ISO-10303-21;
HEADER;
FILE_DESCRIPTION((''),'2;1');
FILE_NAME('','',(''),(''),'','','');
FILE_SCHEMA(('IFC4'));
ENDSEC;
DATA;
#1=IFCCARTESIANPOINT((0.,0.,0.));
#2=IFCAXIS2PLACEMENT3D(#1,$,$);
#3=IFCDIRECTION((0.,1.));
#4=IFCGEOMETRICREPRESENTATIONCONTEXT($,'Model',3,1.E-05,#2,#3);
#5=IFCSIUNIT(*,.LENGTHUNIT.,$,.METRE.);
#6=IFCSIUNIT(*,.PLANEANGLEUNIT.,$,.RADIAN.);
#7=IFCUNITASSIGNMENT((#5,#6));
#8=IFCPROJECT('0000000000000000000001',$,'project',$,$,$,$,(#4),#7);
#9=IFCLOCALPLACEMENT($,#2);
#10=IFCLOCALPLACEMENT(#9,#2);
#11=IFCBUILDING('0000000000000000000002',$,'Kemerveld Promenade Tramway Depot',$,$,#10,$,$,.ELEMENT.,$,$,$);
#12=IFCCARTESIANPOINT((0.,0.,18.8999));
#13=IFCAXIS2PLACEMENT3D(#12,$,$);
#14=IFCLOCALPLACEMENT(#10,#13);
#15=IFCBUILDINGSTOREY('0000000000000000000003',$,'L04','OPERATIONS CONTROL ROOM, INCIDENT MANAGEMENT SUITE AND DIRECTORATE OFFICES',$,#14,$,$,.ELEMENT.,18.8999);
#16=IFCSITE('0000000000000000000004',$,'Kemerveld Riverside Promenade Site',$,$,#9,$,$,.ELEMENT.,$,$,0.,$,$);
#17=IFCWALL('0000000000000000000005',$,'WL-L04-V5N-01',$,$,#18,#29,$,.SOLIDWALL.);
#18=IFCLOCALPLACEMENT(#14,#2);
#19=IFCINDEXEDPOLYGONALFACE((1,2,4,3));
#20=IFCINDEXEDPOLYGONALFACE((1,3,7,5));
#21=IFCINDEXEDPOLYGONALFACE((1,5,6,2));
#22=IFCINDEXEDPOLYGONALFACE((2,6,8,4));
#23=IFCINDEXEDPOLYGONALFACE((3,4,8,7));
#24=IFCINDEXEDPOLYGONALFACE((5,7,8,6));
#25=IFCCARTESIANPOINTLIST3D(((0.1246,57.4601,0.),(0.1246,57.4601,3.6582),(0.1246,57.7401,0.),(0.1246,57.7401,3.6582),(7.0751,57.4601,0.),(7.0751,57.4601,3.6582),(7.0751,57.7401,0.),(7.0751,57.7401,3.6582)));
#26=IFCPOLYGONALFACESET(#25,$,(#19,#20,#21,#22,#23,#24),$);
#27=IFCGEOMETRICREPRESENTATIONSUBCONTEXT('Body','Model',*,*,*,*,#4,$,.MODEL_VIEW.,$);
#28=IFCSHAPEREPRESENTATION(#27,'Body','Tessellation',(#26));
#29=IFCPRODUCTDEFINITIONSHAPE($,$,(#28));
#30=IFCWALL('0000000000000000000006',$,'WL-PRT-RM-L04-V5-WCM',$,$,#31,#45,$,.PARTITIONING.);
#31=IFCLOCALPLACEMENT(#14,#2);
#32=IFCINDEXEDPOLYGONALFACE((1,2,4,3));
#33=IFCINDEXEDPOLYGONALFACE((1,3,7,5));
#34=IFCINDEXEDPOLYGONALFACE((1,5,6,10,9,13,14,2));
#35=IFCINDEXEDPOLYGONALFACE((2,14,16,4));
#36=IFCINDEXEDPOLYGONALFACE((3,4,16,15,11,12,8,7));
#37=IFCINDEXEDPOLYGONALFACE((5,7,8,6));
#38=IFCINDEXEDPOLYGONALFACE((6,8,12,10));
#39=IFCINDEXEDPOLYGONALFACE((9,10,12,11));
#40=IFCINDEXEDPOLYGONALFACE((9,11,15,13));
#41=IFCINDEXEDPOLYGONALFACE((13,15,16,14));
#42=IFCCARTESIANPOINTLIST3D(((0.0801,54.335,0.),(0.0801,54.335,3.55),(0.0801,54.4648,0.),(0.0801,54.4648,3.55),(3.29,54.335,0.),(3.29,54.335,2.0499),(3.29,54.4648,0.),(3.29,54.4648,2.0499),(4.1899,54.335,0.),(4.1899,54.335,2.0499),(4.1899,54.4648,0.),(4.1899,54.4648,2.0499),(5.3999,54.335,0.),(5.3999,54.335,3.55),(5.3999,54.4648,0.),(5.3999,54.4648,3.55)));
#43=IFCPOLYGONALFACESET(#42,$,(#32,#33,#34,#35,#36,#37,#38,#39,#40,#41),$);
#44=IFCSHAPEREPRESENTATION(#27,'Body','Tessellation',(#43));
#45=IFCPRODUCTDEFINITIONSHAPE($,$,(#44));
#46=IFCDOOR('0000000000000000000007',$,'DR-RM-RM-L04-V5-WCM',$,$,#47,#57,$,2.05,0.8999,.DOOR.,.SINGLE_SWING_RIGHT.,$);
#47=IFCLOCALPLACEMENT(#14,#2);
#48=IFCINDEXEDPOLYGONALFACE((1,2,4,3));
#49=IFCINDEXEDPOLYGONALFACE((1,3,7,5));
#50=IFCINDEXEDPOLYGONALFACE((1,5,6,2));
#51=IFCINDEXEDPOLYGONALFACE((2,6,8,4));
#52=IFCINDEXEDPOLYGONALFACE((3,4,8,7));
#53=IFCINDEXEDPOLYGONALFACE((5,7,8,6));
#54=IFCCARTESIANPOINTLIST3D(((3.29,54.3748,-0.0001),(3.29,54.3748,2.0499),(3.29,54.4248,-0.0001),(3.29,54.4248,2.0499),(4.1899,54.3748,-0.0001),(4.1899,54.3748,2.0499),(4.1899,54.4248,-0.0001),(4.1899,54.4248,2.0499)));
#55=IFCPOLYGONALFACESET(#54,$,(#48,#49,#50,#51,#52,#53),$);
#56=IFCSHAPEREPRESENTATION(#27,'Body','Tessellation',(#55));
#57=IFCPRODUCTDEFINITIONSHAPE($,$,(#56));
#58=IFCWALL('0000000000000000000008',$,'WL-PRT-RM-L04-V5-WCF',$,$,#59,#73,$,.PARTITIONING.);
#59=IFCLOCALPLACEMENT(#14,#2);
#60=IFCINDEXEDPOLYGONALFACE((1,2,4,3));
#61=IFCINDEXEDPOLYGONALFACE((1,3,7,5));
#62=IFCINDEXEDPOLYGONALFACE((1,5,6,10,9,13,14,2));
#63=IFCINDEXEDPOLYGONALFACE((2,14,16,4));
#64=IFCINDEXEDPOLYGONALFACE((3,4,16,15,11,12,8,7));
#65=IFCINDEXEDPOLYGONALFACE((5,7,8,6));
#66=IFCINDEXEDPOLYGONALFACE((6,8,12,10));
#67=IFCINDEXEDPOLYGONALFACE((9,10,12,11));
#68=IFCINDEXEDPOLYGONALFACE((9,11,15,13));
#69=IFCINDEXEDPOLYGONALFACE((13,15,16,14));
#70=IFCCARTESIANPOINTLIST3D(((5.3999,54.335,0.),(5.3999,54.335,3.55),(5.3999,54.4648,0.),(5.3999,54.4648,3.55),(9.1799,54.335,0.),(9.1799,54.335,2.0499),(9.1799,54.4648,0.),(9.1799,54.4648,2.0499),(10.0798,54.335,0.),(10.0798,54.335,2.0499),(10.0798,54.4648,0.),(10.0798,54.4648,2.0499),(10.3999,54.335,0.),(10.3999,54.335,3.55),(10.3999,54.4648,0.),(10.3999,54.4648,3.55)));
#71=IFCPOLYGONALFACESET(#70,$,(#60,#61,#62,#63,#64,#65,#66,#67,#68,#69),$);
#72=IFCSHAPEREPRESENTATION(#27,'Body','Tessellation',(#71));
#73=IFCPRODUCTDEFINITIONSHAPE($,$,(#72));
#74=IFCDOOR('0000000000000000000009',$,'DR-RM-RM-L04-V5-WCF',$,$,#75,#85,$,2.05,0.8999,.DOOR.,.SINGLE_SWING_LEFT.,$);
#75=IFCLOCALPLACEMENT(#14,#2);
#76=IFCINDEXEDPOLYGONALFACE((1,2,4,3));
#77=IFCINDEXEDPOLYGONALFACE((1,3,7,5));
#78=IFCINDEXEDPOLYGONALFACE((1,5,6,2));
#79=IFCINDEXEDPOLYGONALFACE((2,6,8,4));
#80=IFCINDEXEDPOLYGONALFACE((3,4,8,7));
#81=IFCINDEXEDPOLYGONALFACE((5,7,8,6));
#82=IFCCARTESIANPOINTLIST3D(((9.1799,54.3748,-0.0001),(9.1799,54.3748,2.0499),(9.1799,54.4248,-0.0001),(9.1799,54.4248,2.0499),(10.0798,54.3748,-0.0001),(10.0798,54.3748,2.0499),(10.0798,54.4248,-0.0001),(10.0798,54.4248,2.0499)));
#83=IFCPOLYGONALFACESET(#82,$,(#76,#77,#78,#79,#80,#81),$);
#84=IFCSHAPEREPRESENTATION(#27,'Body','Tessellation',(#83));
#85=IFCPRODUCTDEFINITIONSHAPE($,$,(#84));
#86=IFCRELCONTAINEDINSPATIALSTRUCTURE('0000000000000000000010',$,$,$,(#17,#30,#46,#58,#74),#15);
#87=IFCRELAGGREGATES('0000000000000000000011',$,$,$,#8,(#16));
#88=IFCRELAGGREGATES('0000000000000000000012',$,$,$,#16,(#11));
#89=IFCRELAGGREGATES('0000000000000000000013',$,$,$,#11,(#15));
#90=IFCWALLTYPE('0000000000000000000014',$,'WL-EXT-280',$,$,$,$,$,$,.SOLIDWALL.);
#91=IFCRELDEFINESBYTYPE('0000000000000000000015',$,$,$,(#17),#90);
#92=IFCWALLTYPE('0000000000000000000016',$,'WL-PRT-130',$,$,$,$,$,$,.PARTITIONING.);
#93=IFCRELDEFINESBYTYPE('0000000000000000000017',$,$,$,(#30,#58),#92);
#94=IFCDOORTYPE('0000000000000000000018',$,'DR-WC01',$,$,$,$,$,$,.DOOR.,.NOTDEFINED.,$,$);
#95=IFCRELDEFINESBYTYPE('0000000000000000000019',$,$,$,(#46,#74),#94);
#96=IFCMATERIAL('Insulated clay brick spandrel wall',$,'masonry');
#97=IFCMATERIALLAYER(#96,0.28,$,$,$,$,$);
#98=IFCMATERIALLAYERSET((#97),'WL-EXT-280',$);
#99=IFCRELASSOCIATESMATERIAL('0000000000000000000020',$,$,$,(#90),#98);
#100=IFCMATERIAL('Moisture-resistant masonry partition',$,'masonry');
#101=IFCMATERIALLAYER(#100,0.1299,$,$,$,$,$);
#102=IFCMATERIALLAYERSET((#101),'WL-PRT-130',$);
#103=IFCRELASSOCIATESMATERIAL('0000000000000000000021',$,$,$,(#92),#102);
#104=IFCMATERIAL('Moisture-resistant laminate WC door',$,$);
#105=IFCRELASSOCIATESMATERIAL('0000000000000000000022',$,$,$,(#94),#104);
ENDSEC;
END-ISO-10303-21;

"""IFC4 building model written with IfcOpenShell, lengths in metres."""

from ifc_helpers import new_model, si_unit, direction, frame, frame_2d, origin, place, context, subcontext, project, spatial, rectangle, extrude, material, layer, layer_set, type_object, element, fill, save


model = new_model("IFC4")

# Units and contexts
model_context = context("Model", 3, precision=1e-05, world=origin(), true_north=direction((0.0, 1.0)))
body_context = subcontext(model_context, "Body", "Model", "MODEL_VIEW")
ifc_project = project(units=[si_unit("LENGTHUNIT", "METRE"), si_unit("PLANEANGLEUNIT", "RADIAN")], contexts=[model_context])

# Site, building, storey
site_placement = place(None, origin())
site = spatial("IfcSite", under=ifc_project, at=site_placement, Name="Kemerveld Riverside Promenade Site", CompositionType="ELEMENT", RefElevation=0.0)
building_placement = place(site_placement, origin())
building = spatial("IfcBuilding", under=site, at=building_placement, Name="Kemerveld Promenade Tramway Depot", CompositionType="ELEMENT")
storey_placement = place(building_placement, frame((0.0, 0.0, 18.8999)))
storey = spatial("IfcBuildingStorey", under=building, at=storey_placement, Name="L04", Description="OPERATIONS CONTROL ROOM, INCIDENT MANAGEMENT SUITE AND DIRECTORATE OFFICES", CompositionType="ELEMENT", Elevation=18.8999)

# Wall
ifc_material_1 = material(Name="Insulated clay brick spandrel wall", Category="masonry")
ifc_layer_1 = layer(ifc_material_1, 0.28)
ifc_layer_set_1 = layer_set([ifc_layer_1], Name="WL-EXT-280")
wall_type_1 = type_object("IfcWallType", Name="WL-EXT-280", PredefinedType="SOLIDWALL", material=ifc_layer_set_1)
wall_1_placement = place(storey_placement, frame((0.1248, 57.6001, 0.0), z_axis=(0.0, 0.0, 1.0), x_axis=(1.0, 0.0, 0.0)))
element("IfcWall", 1, at=wall_1_placement, inside=storey, type_object=wall_type_1, Name="WL-L04-V5N-01", PredefinedType="SOLIDWALL", context=body_context, shape_type="SweptSolid", body=[
    extrude(rectangle(XDim=6.9504, YDim=0.28, at=frame_2d((3.4751, 0.0))), origin(), (0.0, 0.0, 1.0), 3.6582),
])

# Walls, openings, doors
ifc_material_2 = material(Name="Moisture-resistant masonry partition", Category="masonry")
ifc_layer_2 = layer(ifc_material_2, 0.1299)
ifc_layer_set_2 = layer_set([ifc_layer_2], Name="WL-PRT-130")
wall_type_2 = type_object("IfcWallType", Name="WL-PRT-130", PredefinedType="PARTITIONING", material=ifc_layer_set_2)
wall_2_placement = place(storey_placement, frame((0.0801, 54.3999, 0.0), z_axis=(0.0, 0.0, 1.0), x_axis=(1.0, 0.0, 0.0)))
wall_2 = element("IfcWall", 2, at=wall_2_placement, inside=storey, type_object=wall_type_2, Name="WL-PRT-RM-L04-V5-WCM", PredefinedType="PARTITIONING", context=body_context, shape_type="SweptSolid", body=[
    extrude(rectangle(XDim=5.3198, YDim=0.1299, at=frame_2d((2.6599, 0.0))), origin(), (0.0, 0.0, 1.0), 3.55),
])
opening_1_placement = place(wall_2_placement, frame((3.21, 0.0, 0.0)))
opening_1 = element("IfcOpeningElement", 3, at=opening_1_placement, cuts=wall_2, PredefinedType="OPENING", context=body_context, shape_type="SweptSolid", body=[
    extrude(rectangle(XDim=0.8999, YDim=2.05, at=frame_2d((0.45, 1.0249))), frame((0.0, 0.075, 0.0), z_axis=(0.0, -1.0, 0.0), x_axis=(1.0, 0.0, 0.0)), (0.0, 0.0, 1.0), 0.1499),
])
ifc_material_3 = material(Name="Moisture-resistant laminate WC door")
door_type = type_object("IfcDoorType", Name="DR-WC01", OperationType="NOTDEFINED", PredefinedType="DOOR", material=ifc_material_3)
door_1_placement = place(opening_1_placement, origin())
door_1 = element("IfcDoor", 4, at=door_1_placement, inside=storey, type_object=door_type, Name="DR-RM-RM-L04-V5-WCM", OperationType="SINGLE_SWING_RIGHT", OverallHeight=2.05, OverallWidth=0.8999, PredefinedType="DOOR", context=body_context, shape_type="SweptSolid", body=[
    extrude(rectangle(XDim=0.8999, YDim=2.05, at=frame_2d((0.45, 1.0249))), frame((0.0, 0.0249, 0.0), z_axis=(0.0, -1.0, 0.0), x_axis=(1.0, 0.0, 0.0)), (0.0, 0.0, 1.0), 0.05),
])
fill(opening_1, door_1)
wall_3_placement = place(storey_placement, frame((5.3999, 54.3999, 0.0), z_axis=(0.0, 0.0, 1.0), x_axis=(1.0, 0.0, 0.0)))
wall_3 = element("IfcWall", 5, at=wall_3_placement, inside=storey, type_object=wall_type_2, Name="WL-PRT-RM-L04-V5-WCF", PredefinedType="PARTITIONING", context=body_context, shape_type="SweptSolid", body=[
    extrude(rectangle(XDim=5.0, YDim=0.1299, at=frame_2d((2.5, 0.0))), origin(), (0.0, 0.0, 1.0), 3.55),
])
opening_2_placement = place(wall_3_placement, frame((3.78, 0.0, 0.0)))
opening_2 = element("IfcOpeningElement", 6, at=opening_2_placement, cuts=wall_3, PredefinedType="OPENING", context=body_context, shape_type="SweptSolid", body=[
    extrude(rectangle(XDim=0.8999, YDim=2.05, at=frame_2d((0.45, 1.0249))), frame((0.0, 0.075, 0.0), z_axis=(0.0, -1.0, 0.0), x_axis=(1.0, 0.0, 0.0)), (0.0, 0.0, 1.0), 0.1499),
])
door_2_placement = place(opening_2_placement, origin())
door_2 = element("IfcDoor", 7, at=door_2_placement, inside=storey, type_object=door_type, Name="DR-RM-RM-L04-V5-WCF", OperationType="SINGLE_SWING_LEFT", OverallHeight=2.05, OverallWidth=0.8999, PredefinedType="DOOR", context=body_context, shape_type="SweptSolid", body=[
    extrude(rectangle(XDim=0.8999, YDim=2.05, at=frame_2d((0.45, 1.0249))), frame((0.0, 0.0249, 0.0), z_axis=(0.0, -1.0, 0.0), x_axis=(1.0, 0.0, 0.0)), (0.0, 0.0, 1.0), 0.05),
])
fill(opening_2, door_2)

save(model, "model.ifc")
